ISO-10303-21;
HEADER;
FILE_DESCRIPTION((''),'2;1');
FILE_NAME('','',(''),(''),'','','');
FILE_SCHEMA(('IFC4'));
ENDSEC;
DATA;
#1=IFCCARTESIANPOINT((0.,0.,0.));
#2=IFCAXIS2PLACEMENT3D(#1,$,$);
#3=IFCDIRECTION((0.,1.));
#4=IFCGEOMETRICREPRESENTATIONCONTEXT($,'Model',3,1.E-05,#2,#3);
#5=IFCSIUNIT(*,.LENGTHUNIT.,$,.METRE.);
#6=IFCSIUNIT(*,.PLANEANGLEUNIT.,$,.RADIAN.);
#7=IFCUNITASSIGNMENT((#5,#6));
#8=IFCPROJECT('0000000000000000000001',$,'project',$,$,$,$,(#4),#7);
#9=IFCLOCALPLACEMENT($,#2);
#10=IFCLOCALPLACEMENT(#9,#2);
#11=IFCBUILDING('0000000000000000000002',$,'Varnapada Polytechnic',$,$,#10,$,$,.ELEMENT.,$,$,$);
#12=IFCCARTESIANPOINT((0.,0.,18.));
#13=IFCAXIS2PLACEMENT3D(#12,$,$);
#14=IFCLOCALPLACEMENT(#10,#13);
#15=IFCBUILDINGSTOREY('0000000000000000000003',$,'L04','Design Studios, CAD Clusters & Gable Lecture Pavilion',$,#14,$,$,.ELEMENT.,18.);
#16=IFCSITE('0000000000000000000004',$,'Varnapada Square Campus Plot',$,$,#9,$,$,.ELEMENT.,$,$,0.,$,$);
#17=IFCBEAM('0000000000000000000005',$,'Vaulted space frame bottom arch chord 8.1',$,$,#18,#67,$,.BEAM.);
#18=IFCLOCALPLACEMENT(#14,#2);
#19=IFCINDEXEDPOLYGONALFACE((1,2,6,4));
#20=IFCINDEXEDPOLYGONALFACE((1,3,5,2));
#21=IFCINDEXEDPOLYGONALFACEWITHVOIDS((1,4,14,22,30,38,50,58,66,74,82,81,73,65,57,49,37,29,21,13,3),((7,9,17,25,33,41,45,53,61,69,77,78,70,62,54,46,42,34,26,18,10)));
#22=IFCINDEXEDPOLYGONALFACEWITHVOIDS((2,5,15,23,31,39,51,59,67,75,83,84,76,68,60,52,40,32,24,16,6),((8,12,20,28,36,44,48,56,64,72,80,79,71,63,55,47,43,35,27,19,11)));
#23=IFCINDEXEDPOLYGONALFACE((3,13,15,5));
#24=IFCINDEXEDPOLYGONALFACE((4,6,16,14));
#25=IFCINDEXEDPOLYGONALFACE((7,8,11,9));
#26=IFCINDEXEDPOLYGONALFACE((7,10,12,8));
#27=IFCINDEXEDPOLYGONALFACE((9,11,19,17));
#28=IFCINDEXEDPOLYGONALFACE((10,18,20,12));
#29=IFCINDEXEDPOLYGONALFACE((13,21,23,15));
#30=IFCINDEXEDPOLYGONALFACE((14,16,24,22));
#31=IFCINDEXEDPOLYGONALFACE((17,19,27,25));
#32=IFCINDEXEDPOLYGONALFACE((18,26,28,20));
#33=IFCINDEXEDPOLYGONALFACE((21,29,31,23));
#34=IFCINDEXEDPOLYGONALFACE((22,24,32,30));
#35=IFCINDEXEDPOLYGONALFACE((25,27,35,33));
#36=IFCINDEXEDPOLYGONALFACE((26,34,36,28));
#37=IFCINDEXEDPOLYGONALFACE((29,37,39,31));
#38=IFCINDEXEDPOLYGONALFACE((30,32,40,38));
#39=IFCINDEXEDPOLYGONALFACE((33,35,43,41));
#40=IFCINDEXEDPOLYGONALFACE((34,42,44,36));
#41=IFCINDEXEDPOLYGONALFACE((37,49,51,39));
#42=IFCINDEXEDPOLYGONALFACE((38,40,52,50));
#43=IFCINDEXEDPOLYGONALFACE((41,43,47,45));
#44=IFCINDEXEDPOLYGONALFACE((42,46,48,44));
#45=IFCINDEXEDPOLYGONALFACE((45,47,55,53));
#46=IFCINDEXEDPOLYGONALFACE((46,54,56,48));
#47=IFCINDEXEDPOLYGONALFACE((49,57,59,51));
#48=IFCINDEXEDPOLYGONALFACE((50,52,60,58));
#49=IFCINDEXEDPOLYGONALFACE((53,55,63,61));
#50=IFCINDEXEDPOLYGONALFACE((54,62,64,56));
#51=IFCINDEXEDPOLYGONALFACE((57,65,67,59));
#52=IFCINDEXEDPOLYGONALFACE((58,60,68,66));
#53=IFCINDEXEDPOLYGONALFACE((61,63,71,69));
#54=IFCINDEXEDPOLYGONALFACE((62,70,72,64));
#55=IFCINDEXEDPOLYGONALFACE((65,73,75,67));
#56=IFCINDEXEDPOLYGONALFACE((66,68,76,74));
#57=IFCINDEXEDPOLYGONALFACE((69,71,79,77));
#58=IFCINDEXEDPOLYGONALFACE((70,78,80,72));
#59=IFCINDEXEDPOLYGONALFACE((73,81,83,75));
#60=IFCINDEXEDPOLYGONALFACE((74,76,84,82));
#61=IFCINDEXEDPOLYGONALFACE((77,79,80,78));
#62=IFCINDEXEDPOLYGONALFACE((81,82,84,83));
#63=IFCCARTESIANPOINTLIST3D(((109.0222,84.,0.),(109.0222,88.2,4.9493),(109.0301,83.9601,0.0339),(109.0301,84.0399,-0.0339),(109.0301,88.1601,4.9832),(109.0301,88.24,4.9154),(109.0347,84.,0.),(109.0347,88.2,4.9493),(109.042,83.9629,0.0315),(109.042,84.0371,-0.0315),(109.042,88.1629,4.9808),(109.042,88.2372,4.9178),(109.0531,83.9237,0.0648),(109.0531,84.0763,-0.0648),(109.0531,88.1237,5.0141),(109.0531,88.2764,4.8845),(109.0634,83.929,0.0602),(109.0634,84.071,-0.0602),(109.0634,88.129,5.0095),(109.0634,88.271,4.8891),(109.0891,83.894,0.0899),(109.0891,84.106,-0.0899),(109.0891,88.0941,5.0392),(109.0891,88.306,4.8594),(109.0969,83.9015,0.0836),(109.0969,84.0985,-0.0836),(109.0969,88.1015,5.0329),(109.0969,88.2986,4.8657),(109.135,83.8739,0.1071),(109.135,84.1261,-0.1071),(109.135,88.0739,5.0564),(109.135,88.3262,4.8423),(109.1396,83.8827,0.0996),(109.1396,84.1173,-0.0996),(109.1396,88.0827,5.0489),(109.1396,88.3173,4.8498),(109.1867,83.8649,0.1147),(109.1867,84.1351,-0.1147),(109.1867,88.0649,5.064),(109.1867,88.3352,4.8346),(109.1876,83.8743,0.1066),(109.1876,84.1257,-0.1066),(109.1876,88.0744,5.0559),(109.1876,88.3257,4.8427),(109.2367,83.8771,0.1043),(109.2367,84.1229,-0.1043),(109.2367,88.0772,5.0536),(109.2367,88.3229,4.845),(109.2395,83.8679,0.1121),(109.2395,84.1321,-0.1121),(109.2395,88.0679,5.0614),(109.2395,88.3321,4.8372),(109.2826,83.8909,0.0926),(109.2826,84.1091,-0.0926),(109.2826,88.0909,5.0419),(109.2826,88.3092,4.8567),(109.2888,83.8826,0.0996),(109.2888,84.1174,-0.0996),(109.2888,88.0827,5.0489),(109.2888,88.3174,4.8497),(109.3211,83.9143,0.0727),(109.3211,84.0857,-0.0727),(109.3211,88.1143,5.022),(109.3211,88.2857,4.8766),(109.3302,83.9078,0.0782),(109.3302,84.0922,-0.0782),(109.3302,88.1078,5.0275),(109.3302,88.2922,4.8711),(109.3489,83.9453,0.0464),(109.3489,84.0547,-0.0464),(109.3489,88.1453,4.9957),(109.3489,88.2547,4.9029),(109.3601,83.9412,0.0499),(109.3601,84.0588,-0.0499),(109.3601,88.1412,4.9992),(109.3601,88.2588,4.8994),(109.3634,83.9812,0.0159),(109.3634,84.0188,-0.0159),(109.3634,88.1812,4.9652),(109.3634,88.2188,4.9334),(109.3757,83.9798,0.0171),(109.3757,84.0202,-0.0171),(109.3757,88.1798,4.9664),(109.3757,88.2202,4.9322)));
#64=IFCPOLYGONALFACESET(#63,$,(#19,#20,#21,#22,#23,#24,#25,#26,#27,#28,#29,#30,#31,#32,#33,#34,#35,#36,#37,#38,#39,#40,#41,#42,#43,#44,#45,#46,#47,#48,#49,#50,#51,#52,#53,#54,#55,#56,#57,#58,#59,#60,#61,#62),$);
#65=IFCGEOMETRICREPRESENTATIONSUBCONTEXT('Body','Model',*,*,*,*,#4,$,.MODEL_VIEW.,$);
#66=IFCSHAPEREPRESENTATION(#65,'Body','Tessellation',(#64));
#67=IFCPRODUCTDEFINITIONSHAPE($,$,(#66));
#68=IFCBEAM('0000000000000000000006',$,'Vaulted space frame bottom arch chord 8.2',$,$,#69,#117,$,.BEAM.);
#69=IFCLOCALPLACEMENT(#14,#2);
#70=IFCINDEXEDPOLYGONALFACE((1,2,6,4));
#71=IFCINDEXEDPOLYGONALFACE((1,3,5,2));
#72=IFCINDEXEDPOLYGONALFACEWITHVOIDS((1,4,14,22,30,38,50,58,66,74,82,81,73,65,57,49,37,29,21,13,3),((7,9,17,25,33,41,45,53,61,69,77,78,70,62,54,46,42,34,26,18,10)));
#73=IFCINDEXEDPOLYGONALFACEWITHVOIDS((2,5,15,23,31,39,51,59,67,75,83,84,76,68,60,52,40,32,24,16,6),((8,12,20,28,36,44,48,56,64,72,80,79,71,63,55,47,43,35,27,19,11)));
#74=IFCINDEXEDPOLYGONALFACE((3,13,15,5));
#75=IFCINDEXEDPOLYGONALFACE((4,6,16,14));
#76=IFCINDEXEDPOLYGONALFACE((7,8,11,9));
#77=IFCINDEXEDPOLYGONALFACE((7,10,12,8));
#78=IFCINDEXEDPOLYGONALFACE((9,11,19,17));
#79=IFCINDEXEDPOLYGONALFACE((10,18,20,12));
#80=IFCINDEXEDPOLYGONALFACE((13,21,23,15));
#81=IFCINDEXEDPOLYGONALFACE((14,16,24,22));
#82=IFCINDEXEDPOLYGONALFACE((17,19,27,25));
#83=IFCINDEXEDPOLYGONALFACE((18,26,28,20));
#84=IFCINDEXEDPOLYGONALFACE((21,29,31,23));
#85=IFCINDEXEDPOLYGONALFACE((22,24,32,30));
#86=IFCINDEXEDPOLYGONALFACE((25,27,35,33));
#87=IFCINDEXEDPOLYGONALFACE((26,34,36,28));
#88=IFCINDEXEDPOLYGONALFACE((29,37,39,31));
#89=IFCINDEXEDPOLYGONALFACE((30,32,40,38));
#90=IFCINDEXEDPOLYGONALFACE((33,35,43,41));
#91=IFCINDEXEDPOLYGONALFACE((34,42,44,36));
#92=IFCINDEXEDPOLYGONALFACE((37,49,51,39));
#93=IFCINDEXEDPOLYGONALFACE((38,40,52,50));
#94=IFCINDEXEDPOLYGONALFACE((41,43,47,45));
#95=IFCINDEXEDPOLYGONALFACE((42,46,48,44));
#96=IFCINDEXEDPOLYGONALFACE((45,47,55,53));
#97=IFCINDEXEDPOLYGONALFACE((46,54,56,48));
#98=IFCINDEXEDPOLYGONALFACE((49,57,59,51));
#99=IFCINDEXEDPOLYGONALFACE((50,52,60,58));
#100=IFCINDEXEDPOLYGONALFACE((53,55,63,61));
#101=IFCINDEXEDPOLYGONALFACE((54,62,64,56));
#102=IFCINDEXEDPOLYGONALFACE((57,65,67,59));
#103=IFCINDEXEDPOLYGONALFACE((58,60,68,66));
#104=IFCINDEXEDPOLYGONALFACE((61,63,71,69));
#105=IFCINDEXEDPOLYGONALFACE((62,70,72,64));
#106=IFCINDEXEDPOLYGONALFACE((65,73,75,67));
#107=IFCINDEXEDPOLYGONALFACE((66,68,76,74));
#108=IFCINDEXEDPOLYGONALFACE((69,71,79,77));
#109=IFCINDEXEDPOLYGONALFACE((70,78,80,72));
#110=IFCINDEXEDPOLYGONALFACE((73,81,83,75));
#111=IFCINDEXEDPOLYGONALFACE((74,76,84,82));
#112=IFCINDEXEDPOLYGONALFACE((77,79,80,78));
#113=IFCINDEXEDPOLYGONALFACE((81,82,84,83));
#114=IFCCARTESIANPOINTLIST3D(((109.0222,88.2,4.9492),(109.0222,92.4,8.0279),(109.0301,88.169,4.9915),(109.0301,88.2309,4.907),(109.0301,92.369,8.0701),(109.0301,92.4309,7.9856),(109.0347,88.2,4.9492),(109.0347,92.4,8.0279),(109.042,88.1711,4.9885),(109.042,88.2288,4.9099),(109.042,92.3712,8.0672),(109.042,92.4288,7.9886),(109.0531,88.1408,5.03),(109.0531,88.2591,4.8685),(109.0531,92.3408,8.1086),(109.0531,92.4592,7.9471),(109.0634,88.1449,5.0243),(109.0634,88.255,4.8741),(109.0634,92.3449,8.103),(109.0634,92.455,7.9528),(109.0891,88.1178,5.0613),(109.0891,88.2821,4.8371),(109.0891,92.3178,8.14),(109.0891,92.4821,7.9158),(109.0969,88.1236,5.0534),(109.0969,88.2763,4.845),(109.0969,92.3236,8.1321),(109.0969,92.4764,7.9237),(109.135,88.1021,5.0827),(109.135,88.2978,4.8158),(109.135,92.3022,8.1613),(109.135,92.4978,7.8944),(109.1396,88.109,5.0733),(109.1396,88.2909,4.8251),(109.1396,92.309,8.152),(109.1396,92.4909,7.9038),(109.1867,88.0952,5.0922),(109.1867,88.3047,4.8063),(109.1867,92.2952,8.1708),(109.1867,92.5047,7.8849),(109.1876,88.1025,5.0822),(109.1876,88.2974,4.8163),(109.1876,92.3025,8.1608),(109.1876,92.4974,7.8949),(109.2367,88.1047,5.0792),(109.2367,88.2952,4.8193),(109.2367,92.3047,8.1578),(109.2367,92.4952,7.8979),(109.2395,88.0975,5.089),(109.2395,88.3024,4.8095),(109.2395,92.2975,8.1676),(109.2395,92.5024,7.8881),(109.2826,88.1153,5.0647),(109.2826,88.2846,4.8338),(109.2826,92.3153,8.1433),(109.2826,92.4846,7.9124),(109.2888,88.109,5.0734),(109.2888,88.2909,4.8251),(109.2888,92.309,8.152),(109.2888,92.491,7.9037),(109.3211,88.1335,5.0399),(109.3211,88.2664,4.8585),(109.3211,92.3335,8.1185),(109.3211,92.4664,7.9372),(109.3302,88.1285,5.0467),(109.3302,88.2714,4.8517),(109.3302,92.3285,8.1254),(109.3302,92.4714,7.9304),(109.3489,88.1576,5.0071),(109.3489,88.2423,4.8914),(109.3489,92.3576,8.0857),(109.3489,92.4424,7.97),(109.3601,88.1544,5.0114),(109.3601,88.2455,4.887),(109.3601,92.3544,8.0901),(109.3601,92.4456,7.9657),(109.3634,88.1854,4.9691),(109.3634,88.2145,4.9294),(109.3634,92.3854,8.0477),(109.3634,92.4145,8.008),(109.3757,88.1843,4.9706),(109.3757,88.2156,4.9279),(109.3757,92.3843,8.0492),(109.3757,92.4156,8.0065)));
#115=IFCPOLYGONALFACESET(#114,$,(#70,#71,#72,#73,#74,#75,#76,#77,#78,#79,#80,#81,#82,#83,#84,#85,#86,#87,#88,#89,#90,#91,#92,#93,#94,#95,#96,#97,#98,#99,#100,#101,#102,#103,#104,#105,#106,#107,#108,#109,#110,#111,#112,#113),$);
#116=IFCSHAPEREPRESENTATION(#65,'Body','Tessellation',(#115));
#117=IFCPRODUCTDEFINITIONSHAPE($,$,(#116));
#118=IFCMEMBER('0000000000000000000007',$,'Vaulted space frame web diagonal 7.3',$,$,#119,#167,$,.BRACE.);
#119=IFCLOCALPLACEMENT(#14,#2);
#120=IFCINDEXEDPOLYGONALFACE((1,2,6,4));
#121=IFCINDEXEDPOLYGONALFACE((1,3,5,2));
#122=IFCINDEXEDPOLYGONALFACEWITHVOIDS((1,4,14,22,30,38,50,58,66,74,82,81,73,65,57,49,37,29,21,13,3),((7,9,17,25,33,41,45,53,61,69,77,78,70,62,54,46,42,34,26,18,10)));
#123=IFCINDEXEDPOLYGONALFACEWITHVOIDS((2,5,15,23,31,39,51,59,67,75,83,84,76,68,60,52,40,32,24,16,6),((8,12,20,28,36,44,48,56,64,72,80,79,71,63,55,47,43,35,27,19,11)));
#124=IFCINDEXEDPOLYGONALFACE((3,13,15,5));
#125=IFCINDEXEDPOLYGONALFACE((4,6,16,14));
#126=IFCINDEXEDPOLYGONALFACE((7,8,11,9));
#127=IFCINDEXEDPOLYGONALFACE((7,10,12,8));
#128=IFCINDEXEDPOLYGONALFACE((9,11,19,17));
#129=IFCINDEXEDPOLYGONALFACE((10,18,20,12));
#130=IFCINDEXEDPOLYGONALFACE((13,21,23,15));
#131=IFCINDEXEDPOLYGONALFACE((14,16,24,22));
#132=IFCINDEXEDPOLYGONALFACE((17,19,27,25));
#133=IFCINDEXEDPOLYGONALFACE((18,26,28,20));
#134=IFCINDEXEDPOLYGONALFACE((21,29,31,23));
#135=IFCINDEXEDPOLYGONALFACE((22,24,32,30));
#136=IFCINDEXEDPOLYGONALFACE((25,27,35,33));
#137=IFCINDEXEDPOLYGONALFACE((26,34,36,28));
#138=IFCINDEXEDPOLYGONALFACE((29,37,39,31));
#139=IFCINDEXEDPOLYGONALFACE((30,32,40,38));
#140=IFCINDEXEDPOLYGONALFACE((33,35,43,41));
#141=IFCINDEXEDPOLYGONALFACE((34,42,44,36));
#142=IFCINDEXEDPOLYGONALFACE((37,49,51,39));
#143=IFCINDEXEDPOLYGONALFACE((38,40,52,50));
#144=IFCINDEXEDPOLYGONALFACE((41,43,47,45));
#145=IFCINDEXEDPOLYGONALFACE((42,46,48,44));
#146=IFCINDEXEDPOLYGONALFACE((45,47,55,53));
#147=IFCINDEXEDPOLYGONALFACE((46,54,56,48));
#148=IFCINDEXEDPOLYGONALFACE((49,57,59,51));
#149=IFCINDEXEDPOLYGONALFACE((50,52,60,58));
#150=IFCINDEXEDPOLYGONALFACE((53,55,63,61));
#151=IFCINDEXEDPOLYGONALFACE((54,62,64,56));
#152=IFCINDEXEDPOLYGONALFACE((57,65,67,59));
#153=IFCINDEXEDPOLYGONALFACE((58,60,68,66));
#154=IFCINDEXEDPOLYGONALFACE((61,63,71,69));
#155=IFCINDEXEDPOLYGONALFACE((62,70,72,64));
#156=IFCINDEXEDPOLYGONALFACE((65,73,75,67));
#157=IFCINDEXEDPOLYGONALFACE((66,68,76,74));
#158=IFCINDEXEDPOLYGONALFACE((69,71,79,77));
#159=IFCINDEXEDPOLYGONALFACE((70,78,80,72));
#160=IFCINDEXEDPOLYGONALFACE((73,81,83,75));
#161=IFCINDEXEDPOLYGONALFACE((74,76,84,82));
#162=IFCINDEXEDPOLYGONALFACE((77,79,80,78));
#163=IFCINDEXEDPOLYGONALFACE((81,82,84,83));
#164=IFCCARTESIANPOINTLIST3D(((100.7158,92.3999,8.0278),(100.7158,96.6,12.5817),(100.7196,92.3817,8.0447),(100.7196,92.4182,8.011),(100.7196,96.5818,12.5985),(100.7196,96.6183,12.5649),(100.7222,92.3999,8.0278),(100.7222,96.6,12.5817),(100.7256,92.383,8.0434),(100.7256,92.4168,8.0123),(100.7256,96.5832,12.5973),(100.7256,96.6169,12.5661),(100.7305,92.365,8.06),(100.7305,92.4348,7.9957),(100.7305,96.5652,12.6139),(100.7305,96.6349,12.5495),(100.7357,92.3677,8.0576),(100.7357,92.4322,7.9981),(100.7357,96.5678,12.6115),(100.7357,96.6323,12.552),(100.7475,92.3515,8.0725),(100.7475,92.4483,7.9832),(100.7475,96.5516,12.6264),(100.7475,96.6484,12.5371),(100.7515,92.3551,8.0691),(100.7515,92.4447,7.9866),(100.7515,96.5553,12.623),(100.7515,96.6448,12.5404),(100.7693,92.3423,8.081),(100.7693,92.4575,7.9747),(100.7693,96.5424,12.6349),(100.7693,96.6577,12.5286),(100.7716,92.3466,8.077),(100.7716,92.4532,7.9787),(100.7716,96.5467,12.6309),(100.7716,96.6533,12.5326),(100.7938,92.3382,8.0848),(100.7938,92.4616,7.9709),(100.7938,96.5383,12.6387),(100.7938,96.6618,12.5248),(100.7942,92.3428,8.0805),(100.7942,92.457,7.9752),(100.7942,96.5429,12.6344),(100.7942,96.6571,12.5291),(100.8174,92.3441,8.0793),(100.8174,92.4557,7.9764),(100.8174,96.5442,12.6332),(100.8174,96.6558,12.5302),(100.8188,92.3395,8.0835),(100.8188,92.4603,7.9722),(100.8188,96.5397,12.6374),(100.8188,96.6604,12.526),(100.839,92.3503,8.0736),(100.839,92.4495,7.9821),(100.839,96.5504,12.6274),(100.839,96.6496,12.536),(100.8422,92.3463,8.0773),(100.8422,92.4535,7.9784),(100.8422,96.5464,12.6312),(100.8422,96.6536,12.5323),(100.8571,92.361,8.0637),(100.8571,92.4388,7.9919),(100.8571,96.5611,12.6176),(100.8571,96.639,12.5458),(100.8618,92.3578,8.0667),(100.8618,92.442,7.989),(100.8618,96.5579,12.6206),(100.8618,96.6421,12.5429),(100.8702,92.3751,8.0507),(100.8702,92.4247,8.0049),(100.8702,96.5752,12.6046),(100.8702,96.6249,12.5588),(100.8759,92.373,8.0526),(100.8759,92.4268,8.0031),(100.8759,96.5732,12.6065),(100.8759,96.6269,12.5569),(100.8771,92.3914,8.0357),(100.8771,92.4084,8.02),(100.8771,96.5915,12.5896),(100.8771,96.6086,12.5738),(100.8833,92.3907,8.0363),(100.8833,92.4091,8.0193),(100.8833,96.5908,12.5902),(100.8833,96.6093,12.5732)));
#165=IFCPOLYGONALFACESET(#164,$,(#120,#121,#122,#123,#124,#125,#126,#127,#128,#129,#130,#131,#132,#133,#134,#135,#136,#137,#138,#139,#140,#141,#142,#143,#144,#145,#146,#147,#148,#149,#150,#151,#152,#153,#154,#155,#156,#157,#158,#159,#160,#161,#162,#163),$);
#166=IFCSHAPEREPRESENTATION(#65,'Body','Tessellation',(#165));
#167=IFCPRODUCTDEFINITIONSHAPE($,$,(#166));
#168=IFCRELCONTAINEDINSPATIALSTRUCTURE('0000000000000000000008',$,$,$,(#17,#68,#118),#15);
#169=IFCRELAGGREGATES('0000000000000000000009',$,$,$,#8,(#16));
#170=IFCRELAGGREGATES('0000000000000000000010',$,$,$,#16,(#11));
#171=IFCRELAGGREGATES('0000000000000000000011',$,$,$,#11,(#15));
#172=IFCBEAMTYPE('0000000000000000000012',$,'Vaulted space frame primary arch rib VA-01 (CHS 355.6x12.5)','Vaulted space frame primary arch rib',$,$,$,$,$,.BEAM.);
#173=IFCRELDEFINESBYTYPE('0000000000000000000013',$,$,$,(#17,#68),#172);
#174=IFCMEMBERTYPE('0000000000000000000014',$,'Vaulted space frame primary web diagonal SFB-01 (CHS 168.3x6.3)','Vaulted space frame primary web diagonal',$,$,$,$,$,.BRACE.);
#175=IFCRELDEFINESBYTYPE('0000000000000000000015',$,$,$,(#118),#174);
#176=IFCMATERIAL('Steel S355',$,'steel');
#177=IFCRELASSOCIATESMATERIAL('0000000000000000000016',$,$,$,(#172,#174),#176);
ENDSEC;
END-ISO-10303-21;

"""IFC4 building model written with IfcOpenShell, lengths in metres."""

from ifc_helpers import new_model, si_unit, direction, frame, origin, origin_2d, place, context, subcontext, project, spatial, hollow_circle, extrude, material, material_profile, profile_set, type_object, element, save


model = new_model("IFC4")

# Units and contexts
model_context = context("Model", 3, precision=1e-05, world=origin(), true_north=direction((0.0, 1.0)))
body_context = subcontext(model_context, "Body", "Model", "MODEL_VIEW")
ifc_project = project(units=[si_unit("LENGTHUNIT", "METRE"), si_unit("PLANEANGLEUNIT", "RADIAN")], contexts=[model_context])

# Site, building, storey
site_placement = place(None, origin())
site = spatial("IfcSite", under=ifc_project, at=site_placement, Name="Varnapada Square Campus Plot", CompositionType="ELEMENT", RefElevation=0.0)
building_placement = place(site_placement, origin())
building = spatial("IfcBuilding", under=site, at=building_placement, Name="Varnapada Polytechnic", CompositionType="ELEMENT")
storey_placement = place(building_placement, frame((0.0, 0.0, 18.0)))
storey = spatial("IfcBuildingStorey", under=building, at=storey_placement, Name="L04", Description="Design Studios, CAD Clusters & Gable Lecture Pavilion", CompositionType="ELEMENT", Elevation=18.0)

# Shared definitions
ifc_material = material(Name="Steel S355", Category="steel")

# Beams
ifc_material_profile_1 = material_profile(ifc_material, hollow_circle(Radius=0.1777, WallThickness=0.0125, at=origin_2d()), Name="CHS 355.6x12.5")
ifc_profile_set_1 = profile_set([ifc_material_profile_1], Name="Steel S355")
beam_type_1 = type_object("IfcBeamType", Name="Vaulted space frame primary arch rib VA-01 (CHS 355.6x12.5)", Description="Vaulted space frame primary arch rib", PredefinedType="BEAM", material=ifc_profile_set_1)
beam_1_placement = place(storey_placement, frame((109.2, 84.0, 0.0), z_axis=(0.0, 0.647032, 0.762462), x_axis=(-1.0, 0.0, 0.0)))
element("IfcBeam", 1, at=beam_1_placement, inside=storey, type_object=beam_type_1, Name="Vaulted space frame bottom arch chord 8.1", PredefinedType="BEAM", context=body_context, shape_type="SweptSolid", body=[
    extrude(hollow_circle(Radius=0.1777, WallThickness=0.0125, at=origin_2d()), origin(), (0.0, 0.0, 1.0), 6.4912),
])
beam_2_placement = place(storey_placement, frame((109.2, 88.2, 4.9492), z_axis=(0.0, 0.806529, 0.591195), x_axis=(-1.0, 0.0, 0.0)))
element("IfcBeam", 2, at=beam_2_placement, inside=storey, type_object=beam_type_1, Name="Vaulted space frame bottom arch chord 8.2", PredefinedType="BEAM", context=body_context, shape_type="SweptSolid", body=[
    extrude(hollow_circle(Radius=0.1777, WallThickness=0.0125, at=origin_2d()), origin(), (0.0, 0.0, 1.0), 5.2075),
])

# Member
ifc_material_profile_2 = material_profile(ifc_material, hollow_circle(Radius=0.0842, WallThickness=0.0063, at=origin_2d()), Name="CHS 168.3x6.3")
ifc_profile_set_2 = profile_set([ifc_material_profile_2], Name="Steel S355")
member_type_1 = type_object("IfcMemberType", Name="Vaulted space frame primary web diagonal SFB-01 (CHS 168.3x6.3)", Description="Vaulted space frame primary web diagonal", PredefinedType="BRACE", material=ifc_profile_set_2)
member_1_placement = place(storey_placement, frame((100.8, 92.3999, 8.0278), z_axis=(0.0, 0.677979, 0.735081), x_axis=(-1.0, 0.0, 0.0)))
element("IfcMember", 3, at=member_1_placement, inside=storey, type_object=member_type_1, Name="Vaulted space frame web diagonal 7.3", PredefinedType="BRACE", context=body_context, shape_type="SweptSolid", body=[
    extrude(hollow_circle(Radius=0.0842, WallThickness=0.0063, at=origin_2d()), origin(), (0.0, 0.0, 1.0), 6.1951),
])

save(model, "model.ifc")
